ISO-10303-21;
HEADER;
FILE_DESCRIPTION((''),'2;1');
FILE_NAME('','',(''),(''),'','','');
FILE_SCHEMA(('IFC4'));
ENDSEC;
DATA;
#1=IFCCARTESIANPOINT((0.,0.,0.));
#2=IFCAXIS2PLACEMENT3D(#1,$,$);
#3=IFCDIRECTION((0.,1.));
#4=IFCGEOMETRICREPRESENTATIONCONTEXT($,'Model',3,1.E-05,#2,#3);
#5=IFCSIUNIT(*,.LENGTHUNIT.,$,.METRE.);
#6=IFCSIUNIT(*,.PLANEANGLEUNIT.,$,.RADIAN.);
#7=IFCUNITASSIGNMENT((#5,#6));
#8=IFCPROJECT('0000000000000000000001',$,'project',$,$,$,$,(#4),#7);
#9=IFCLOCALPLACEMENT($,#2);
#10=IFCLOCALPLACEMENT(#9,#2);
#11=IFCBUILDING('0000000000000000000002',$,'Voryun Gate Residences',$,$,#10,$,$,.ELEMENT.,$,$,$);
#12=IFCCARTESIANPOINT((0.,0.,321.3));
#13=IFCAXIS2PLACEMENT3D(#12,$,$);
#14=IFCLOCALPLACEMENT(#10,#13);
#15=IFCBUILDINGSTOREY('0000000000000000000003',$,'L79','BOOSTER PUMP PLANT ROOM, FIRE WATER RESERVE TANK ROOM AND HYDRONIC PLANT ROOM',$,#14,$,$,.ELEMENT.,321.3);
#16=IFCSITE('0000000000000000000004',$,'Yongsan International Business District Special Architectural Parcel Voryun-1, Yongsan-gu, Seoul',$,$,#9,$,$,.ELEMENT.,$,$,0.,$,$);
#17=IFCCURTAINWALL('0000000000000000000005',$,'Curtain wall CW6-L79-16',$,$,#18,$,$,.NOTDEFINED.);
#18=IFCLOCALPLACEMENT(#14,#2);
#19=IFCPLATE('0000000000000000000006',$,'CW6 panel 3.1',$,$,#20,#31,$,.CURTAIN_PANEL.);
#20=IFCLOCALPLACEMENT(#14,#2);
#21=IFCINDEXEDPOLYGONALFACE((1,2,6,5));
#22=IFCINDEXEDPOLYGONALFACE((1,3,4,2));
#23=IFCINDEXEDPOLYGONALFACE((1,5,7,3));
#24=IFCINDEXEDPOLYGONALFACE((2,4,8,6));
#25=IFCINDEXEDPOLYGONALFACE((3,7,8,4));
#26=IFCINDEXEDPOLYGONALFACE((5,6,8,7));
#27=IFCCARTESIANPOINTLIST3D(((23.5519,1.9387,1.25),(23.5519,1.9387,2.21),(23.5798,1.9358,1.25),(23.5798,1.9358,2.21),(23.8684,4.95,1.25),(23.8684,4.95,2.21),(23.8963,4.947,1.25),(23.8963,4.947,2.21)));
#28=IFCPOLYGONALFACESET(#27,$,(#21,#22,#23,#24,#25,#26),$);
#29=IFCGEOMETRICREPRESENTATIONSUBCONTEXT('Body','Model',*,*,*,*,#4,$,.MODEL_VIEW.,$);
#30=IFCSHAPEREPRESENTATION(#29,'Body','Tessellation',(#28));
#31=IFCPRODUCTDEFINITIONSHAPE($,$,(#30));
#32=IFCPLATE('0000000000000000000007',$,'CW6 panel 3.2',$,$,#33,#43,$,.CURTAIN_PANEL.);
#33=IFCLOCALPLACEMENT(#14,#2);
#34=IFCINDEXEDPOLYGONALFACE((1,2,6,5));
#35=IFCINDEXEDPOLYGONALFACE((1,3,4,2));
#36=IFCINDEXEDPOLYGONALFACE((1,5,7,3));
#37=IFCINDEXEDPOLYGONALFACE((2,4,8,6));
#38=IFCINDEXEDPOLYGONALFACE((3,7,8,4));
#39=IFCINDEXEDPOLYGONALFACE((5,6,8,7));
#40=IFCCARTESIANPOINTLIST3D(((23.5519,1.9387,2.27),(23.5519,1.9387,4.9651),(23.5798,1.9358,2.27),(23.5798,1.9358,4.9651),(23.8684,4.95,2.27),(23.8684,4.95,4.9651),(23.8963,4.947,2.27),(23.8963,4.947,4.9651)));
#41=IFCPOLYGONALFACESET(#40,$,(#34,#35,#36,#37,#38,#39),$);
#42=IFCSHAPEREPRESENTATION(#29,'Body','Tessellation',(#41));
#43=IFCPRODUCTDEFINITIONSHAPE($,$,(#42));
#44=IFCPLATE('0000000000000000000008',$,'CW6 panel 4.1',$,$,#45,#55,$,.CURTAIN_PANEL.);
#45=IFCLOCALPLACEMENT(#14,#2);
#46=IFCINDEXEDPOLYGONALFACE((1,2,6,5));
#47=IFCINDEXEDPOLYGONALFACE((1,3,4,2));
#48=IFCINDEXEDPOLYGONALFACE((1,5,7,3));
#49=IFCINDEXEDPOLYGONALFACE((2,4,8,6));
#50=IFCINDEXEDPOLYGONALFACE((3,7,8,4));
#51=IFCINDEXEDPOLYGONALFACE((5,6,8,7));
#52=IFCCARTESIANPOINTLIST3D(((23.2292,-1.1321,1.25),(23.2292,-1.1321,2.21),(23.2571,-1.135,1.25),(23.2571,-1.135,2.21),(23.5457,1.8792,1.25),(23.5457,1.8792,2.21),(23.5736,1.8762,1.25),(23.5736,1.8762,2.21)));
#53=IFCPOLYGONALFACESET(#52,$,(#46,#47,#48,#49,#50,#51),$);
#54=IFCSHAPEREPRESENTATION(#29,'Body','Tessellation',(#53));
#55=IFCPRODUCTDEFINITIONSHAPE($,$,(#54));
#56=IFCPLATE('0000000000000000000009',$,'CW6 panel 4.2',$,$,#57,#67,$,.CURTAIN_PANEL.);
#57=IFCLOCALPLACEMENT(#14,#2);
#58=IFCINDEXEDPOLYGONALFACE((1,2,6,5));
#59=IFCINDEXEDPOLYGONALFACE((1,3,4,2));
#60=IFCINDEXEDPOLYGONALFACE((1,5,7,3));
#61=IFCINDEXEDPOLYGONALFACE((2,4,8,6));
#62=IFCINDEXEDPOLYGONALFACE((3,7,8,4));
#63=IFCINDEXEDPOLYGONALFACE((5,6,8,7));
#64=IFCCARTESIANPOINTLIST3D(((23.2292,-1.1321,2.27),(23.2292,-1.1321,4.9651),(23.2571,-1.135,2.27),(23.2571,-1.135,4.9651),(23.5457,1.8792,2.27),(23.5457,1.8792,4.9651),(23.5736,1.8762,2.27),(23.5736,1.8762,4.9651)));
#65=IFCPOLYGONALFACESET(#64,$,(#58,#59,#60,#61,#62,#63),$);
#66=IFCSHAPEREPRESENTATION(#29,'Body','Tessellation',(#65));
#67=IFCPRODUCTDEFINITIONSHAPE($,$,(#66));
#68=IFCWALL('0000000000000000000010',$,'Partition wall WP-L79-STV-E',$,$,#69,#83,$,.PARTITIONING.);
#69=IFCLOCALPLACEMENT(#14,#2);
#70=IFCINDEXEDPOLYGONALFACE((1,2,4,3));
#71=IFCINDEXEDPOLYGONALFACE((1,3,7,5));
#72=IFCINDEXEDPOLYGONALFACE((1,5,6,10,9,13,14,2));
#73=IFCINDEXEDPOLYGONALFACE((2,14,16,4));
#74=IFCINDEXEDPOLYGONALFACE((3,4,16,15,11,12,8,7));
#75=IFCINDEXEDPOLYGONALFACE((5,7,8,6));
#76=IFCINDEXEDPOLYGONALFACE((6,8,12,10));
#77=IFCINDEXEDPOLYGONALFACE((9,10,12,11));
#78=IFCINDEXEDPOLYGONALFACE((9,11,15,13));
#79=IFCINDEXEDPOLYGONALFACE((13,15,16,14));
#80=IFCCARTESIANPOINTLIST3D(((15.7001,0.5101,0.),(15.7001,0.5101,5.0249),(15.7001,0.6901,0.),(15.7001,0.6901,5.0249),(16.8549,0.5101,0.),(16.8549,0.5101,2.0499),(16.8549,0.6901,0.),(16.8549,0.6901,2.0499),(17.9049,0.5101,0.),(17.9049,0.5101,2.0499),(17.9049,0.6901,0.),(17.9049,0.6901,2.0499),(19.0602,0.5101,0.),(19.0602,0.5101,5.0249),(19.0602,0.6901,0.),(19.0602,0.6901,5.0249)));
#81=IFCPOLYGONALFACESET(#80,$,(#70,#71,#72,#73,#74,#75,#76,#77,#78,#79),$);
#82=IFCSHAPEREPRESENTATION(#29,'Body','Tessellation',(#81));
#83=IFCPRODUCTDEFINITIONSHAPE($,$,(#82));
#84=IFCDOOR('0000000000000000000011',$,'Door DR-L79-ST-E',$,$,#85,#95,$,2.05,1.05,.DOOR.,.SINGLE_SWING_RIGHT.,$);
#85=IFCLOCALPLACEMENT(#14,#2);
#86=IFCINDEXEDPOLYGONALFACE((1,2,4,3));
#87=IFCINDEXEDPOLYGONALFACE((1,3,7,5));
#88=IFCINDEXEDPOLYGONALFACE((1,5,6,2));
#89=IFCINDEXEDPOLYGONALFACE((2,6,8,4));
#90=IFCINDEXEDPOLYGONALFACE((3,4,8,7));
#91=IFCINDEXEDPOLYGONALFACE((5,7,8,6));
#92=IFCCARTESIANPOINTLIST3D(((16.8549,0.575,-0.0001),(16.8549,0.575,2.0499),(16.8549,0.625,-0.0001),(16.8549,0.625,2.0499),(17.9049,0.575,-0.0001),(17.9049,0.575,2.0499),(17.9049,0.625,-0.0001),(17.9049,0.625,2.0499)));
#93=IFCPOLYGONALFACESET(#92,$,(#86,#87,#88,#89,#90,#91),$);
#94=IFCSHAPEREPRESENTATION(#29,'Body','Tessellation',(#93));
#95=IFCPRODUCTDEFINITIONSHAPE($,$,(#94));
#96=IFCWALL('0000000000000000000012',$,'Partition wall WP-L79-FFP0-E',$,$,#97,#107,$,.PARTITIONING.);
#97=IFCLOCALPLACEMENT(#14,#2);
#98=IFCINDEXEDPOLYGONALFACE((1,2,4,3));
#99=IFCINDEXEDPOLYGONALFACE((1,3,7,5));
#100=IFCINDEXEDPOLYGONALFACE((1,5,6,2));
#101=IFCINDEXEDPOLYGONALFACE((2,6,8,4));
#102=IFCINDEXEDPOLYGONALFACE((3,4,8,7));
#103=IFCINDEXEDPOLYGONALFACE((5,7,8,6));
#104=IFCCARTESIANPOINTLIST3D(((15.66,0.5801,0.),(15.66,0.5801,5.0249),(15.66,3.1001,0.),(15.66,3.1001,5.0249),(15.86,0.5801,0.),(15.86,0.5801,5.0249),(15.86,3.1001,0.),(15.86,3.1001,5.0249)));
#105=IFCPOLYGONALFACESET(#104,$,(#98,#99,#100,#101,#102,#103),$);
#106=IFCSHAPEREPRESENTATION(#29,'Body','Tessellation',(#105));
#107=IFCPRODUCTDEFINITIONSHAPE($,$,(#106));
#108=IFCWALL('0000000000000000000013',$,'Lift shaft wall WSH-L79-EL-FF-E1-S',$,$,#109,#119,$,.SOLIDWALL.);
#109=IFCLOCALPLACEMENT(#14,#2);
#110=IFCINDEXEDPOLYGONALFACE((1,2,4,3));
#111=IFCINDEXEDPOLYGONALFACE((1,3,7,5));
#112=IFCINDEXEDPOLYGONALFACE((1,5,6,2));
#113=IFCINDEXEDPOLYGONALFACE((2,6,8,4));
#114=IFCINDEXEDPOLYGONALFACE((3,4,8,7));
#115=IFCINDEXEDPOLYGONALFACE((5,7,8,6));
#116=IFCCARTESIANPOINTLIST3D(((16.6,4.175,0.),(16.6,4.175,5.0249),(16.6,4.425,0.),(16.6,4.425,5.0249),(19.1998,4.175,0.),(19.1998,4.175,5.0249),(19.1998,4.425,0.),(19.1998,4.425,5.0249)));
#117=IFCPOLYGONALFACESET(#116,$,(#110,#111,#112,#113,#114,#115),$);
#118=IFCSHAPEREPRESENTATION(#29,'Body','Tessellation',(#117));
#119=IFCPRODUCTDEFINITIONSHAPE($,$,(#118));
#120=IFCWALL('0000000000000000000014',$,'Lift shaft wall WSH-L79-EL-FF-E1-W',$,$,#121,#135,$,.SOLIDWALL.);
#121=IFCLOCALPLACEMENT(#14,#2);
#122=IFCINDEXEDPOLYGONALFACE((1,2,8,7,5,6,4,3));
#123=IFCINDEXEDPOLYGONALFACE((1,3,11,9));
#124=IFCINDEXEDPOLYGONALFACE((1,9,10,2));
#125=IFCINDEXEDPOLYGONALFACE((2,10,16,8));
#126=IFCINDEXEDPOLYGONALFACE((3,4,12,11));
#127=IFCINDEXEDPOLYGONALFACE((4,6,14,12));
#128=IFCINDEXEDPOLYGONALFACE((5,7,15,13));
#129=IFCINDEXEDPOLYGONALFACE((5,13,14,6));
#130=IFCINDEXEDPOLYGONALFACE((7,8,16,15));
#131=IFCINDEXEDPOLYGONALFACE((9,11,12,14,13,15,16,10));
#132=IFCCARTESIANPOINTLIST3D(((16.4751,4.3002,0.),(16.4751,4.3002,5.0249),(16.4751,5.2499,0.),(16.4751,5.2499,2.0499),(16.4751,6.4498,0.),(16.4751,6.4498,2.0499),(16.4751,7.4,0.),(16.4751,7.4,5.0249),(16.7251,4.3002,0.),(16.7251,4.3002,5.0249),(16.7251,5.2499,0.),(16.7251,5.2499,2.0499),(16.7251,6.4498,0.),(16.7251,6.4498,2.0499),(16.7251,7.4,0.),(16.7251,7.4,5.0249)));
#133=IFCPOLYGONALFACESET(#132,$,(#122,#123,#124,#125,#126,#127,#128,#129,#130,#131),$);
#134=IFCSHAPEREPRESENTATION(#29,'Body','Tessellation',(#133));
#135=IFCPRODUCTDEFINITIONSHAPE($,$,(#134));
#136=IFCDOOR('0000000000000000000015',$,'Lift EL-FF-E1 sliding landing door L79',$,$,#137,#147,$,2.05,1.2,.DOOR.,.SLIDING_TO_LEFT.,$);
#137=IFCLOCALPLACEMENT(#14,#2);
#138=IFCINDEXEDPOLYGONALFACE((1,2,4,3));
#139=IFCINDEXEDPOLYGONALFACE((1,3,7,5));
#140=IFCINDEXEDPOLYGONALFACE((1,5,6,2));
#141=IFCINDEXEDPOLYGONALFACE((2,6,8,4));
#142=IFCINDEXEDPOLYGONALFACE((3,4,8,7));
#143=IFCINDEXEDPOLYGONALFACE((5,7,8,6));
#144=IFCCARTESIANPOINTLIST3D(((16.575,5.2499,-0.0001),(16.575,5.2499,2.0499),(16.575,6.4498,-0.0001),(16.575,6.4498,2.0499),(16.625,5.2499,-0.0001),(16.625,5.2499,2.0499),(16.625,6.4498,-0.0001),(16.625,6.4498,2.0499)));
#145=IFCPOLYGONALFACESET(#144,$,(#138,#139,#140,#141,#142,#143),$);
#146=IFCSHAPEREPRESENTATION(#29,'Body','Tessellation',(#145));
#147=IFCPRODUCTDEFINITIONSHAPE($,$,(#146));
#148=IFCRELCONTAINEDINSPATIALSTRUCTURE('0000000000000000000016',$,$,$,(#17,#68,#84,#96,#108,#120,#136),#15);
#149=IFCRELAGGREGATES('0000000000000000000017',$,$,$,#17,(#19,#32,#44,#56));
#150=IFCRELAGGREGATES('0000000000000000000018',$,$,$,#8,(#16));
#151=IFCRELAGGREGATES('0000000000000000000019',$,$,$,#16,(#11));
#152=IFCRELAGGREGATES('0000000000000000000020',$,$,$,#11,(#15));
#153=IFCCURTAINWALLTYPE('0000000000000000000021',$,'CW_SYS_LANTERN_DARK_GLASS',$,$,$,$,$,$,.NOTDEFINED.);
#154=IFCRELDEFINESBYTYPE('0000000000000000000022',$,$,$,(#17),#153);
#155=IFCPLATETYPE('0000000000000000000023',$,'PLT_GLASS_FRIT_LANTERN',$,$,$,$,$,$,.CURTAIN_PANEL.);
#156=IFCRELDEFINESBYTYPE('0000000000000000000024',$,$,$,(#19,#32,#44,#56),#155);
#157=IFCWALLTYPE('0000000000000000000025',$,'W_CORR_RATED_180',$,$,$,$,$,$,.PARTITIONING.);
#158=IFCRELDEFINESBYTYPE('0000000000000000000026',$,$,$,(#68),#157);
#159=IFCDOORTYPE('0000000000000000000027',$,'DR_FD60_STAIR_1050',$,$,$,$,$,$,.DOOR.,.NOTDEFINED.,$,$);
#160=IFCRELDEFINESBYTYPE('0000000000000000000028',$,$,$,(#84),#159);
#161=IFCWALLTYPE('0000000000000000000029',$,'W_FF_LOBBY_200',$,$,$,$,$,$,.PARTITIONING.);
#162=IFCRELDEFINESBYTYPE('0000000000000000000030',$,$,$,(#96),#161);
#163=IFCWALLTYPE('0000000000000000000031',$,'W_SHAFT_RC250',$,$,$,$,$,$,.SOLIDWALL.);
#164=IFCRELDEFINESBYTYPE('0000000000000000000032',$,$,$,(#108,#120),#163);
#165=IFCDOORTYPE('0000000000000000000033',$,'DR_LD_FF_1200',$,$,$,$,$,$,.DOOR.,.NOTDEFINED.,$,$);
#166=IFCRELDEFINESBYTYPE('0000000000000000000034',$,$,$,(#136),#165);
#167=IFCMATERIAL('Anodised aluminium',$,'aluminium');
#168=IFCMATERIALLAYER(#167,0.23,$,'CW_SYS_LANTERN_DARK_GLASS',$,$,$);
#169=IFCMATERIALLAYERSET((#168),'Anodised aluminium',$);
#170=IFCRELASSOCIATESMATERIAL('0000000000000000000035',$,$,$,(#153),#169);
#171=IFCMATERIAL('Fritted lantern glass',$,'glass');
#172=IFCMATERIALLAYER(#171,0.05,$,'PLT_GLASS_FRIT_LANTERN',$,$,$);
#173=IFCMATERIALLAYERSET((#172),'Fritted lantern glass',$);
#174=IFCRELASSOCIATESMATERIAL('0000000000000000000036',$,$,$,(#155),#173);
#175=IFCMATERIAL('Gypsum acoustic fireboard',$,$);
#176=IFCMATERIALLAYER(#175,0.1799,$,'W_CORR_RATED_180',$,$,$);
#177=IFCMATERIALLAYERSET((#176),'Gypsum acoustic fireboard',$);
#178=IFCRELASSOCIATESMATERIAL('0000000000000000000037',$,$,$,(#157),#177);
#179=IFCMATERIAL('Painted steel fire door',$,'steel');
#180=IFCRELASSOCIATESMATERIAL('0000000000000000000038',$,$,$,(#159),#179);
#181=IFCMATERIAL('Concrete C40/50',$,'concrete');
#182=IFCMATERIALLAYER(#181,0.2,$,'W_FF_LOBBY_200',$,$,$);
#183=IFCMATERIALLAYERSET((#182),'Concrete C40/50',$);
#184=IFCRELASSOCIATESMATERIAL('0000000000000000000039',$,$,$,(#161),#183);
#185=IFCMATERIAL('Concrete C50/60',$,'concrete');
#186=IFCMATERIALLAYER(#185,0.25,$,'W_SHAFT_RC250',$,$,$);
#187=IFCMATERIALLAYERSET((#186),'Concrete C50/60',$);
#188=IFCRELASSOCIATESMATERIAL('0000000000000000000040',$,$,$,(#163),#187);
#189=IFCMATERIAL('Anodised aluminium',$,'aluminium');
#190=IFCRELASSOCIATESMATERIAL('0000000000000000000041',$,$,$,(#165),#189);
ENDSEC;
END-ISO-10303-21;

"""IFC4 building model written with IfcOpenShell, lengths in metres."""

from ifc_helpers import new_model, si_unit, direction, frame, frame_2d, origin, origin_2d, place, context, subcontext, project, spatial, rectangle, extrude, material, layer, layer_set, type_object, element, fill, aggregate, save


model = new_model("IFC4")

# Units and contexts
model_context = context("Model", 3, precision=1e-05, world=origin(), true_north=direction((0.0, 1.0)))
body_context = subcontext(model_context, "Body", "Model", "MODEL_VIEW")
ifc_project = project(units=[si_unit("LENGTHUNIT", "METRE"), si_unit("PLANEANGLEUNIT", "RADIAN")], contexts=[model_context])

# Site, building, storey
site_placement = place(None, origin())
site = spatial("IfcSite", under=ifc_project, at=site_placement, Name="Yongsan International Business District Special Architectural Parcel Voryun-1, Yongsan-gu, Seoul", CompositionType="ELEMENT", RefElevation=0.0)
building_placement = place(site_placement, origin())
building = spatial("IfcBuilding", under=site, at=building_placement, Name="Voryun Gate Residences", CompositionType="ELEMENT")
storey_placement = place(building_placement, frame((0.0, 0.0, 321.3)))
storey = spatial("IfcBuildingStorey", under=building, at=storey_placement, Name="L79", Description="BOOSTER PUMP PLANT ROOM, FIRE WATER RESERVE TANK ROOM AND HYDRONIC PLANT ROOM", CompositionType="ELEMENT", Elevation=321.3)

# Curtain wall
ifc_material_1 = material(Name="Anodised aluminium", Category="aluminium")
ifc_layer_1 = layer(ifc_material_1, 0.23, Name="CW_SYS_LANTERN_DARK_GLASS")
ifc_layer_set_1 = layer_set([ifc_layer_1], Name="Anodised aluminium")
curtain_wall_type = type_object("IfcCurtainWallType", Name="CW_SYS_LANTERN_DARK_GLASS", PredefinedType="NOTDEFINED", material=ifc_layer_set_1)
curtain_wall_placement = place(storey_placement, origin())
curtain_wall = element("IfcCurtainWall", 1, at=curtain_wall_placement, inside=storey, type_object=curtain_wall_type, Name="Curtain wall CW6-L79-16", PredefinedType="NOTDEFINED")

# Plates
ifc_material_2 = material(Name="Fritted lantern glass", Category="glass")
ifc_layer_2 = layer(ifc_material_2, 0.05, Name="PLT_GLASS_FRIT_LANTERN")
ifc_layer_set_2 = layer_set([ifc_layer_2], Name="Fritted lantern glass")
plate_type_1 = type_object("IfcPlateType", Name="PLT_GLASS_FRIT_LANTERN", PredefinedType="CURTAIN_PANEL", material=ifc_layer_set_2)
plate_1_placement = place(storey_placement, frame((23.7241, 3.4429, 1.25), z_axis=(0.0, 0.0, 1.0), x_axis=(-0.104528, -0.994522, 0.0)))
plate_1 = element("IfcPlate", 2, at=plate_1_placement, type_object=plate_type_1, Name="CW6 panel 3.1", PredefinedType="CURTAIN_PANEL", context=body_context, shape_type="SweptSolid", body=[
    extrude(rectangle(XDim=3.0278, YDim=0.0281, at=origin_2d()), origin(), (0.0, 0.0, 1.0), 0.96),
])
plate_2_placement = place(storey_placement, frame((23.7241, 3.4429, 2.27), z_axis=(0.0, 0.0, 1.0), x_axis=(-0.104528, -0.994522, 0.0)))
plate_2 = element("IfcPlate", 3, at=plate_2_placement, type_object=plate_type_1, Name="CW6 panel 3.2", PredefinedType="CURTAIN_PANEL", context=body_context, shape_type="SweptSolid", body=[
    extrude(rectangle(XDim=3.0278, YDim=0.0281, at=origin_2d()), origin(), (0.0, 0.0, 1.0), 2.6951),
])
plate_3_placement = place(storey_placement, frame((23.4014, 0.3721, 1.25), z_axis=(0.0, 0.0, 1.0), x_axis=(-0.104528, -0.994522, 0.0)))
plate_3 = element("IfcPlate", 4, at=plate_3_placement, type_object=plate_type_1, Name="CW6 panel 4.1", PredefinedType="CURTAIN_PANEL", context=body_context, shape_type="SweptSolid", body=[
    extrude(rectangle(XDim=3.0278, YDim=0.0281, at=origin_2d()), origin(), (0.0, 0.0, 1.0), 0.96),
])
plate_4_placement = place(storey_placement, frame((23.4014, 0.3721, 2.27), z_axis=(0.0, 0.0, 1.0), x_axis=(-0.104528, -0.994522, 0.0)))
plate_4 = element("IfcPlate", 5, at=plate_4_placement, type_object=plate_type_1, Name="CW6 panel 4.2", PredefinedType="CURTAIN_PANEL", context=body_context, shape_type="SweptSolid", body=[
    extrude(rectangle(XDim=3.0278, YDim=0.0281, at=origin_2d()), origin(), (0.0, 0.0, 1.0), 2.6951),
])
aggregate(curtain_wall, [plate_1, plate_2, plate_3, plate_4])

# Wall, opening, door
ifc_material_3 = material(Name="Gypsum acoustic fireboard")
ifc_layer_3 = layer(ifc_material_3, 0.1799, Name="W_CORR_RATED_180")
ifc_layer_set_3 = layer_set([ifc_layer_3], Name="Gypsum acoustic fireboard")
wall_type_1 = type_object("IfcWallType", Name="W_CORR_RATED_180", PredefinedType="PARTITIONING", material=ifc_layer_set_3)
wall_1_placement = place(storey_placement, frame((15.7, 0.6001, 0.0), z_axis=(0.0, 0.0, 1.0), x_axis=(1.0, 0.0, 0.0)))
wall_1 = element("IfcWall", 6, at=wall_1_placement, inside=storey, type_object=wall_type_1, Name="Partition wall WP-L79-STV-E", PredefinedType="PARTITIONING", context=body_context, shape_type="SweptSolid", body=[
    extrude(rectangle(XDim=3.3601, YDim=0.1799, at=frame_2d((1.6802, 0.0))), origin(), (0.0, 0.0, 1.0), 5.0249),
])
opening_1_placement = place(wall_1_placement, frame((1.155, 0.0, 0.0)))
opening_1 = element("IfcOpeningElement", 7, at=opening_1_placement, cuts=wall_1, PredefinedType="OPENING", context=body_context, shape_type="SweptSolid", body=[
    extrude(rectangle(XDim=1.05, YDim=2.05, at=frame_2d((0.5249, 1.0249))), frame((0.0, 0.0999, 0.0), z_axis=(0.0, -1.0, 0.0), x_axis=(1.0, 0.0, 0.0)), (0.0, 0.0, 1.0), 0.2),
])
ifc_material_4 = material(Name="Painted steel fire door", Category="steel")
door_type_1 = type_object("IfcDoorType", Name="DR_FD60_STAIR_1050", OperationType="NOTDEFINED", PredefinedType="DOOR", material=ifc_material_4)
door_1_placement = place(opening_1_placement, origin())
door_1 = element("IfcDoor", 8, at=door_1_placement, inside=storey, type_object=door_type_1, Name="Door DR-L79-ST-E", OperationType="SINGLE_SWING_RIGHT", OverallHeight=2.05, OverallWidth=1.05, PredefinedType="DOOR", context=body_context, shape_type="SweptSolid", body=[
    extrude(rectangle(XDim=1.05, YDim=2.05, at=frame_2d((0.5249, 1.0249))), frame((0.0, 0.0249, 0.0), z_axis=(0.0, -1.0, 0.0), x_axis=(1.0, 0.0, 0.0)), (0.0, 0.0, 1.0), 0.05),
])
fill(opening_1, door_1)

# Walls
ifc_material_5 = material(Name="Concrete C40/50", Category="concrete")
ifc_layer_4 = layer(ifc_material_5, 0.2, Name="W_FF_LOBBY_200")
ifc_layer_set_4 = layer_set([ifc_layer_4], Name="Concrete C40/50")
wall_type_2 = type_object("IfcWallType", Name="W_FF_LOBBY_200", PredefinedType="PARTITIONING", material=ifc_layer_set_4)
wall_2_placement = place(storey_placement, frame((15.76, 0.5801, 0.0), z_axis=(0.0, 0.0, 1.0), x_axis=(0.0, 1.0, 0.0)))
element("IfcWall", 9, at=wall_2_placement, inside=storey, type_object=wall_type_2, Name="Partition wall WP-L79-FFP0-E", PredefinedType="PARTITIONING", context=body_context, shape_type="SweptSolid", body=[
    extrude(rectangle(XDim=2.52, YDim=0.2, at=frame_2d((1.26, 0.0))), origin(), (0.0, 0.0, 1.0), 5.0249),
])
ifc_material_6 = material(Name="Concrete C50/60", Category="concrete")
ifc_layer_5 = layer(ifc_material_6, 0.25, Name="W_SHAFT_RC250")
ifc_layer_set_5 = layer_set([ifc_layer_5], Name="Concrete C50/60")
wall_type_3 = type_object("IfcWallType", Name="W_SHAFT_RC250", PredefinedType="SOLIDWALL", material=ifc_layer_set_5)
wall_3_placement = place(storey_placement, frame((16.6001, 4.3, 0.0), z_axis=(0.0, 0.0, 1.0), x_axis=(1.0, 0.0, 0.0)))
element("IfcWall", 10, at=wall_3_placement, inside=storey, type_object=wall_type_3, Name="Lift shaft wall WSH-L79-EL-FF-E1-S", PredefinedType="SOLIDWALL", context=body_context, shape_type="SweptSolid", body=[
    extrude(rectangle(XDim=2.5999, YDim=0.25, at=frame_2d((1.2998, 0.0))), origin(), (0.0, 0.0, 1.0), 5.0249),
])

# Wall, opening, door
wall_4_placement = place(storey_placement, frame((16.6001, 7.3999, 0.0), z_axis=(0.0, 0.0, 1.0), x_axis=(0.0, -1.0, 0.0)))
wall_4 = element("IfcWall", 11, at=wall_4_placement, inside=storey, type_object=wall_type_3, Name="Lift shaft wall WSH-L79-EL-FF-E1-W", PredefinedType="SOLIDWALL", context=body_context, shape_type="SweptSolid", body=[
    extrude(rectangle(XDim=3.0999, YDim=0.25, at=frame_2d((1.5498, 0.0))), origin(), (0.0, 0.0, 1.0), 5.0249),
])
opening_2_placement = place(wall_4_placement, frame((0.95, 0.0, 0.0)))
opening_2 = element("IfcOpeningElement", 12, at=opening_2_placement, cuts=wall_4, PredefinedType="OPENING", context=body_context, shape_type="SweptSolid", body=[
    extrude(rectangle(XDim=1.2, YDim=2.05, at=frame_2d((0.6001, 1.0249))), frame((0.0, 0.135, 0.0), z_axis=(0.0, -1.0, 0.0), x_axis=(1.0, 0.0, 0.0)), (0.0, 0.0, 1.0), 0.27),
])
ifc_material_7 = material(Name="Anodised aluminium", Category="aluminium")
door_type_2 = type_object("IfcDoorType", Name="DR_LD_FF_1200", OperationType="NOTDEFINED", PredefinedType="DOOR", material=ifc_material_7)
door_2_placement = place(opening_2_placement, origin())
door_2 = element("IfcDoor", 13, at=door_2_placement, inside=storey, type_object=door_type_2, Name="Lift EL-FF-E1 sliding landing door L79", OperationType="SLIDING_TO_LEFT", OverallHeight=2.05, OverallWidth=1.2, PredefinedType="DOOR", context=body_context, shape_type="SweptSolid", body=[
    extrude(rectangle(XDim=1.2, YDim=2.05, at=frame_2d((0.6001, 1.0249))), frame((0.0, 0.0249, 0.0), z_axis=(0.0, -1.0, 0.0), x_axis=(1.0, 0.0, 0.0)), (0.0, 0.0, 1.0), 0.05),
])
fill(opening_2, door_2)

save(model, "model.ifc")
